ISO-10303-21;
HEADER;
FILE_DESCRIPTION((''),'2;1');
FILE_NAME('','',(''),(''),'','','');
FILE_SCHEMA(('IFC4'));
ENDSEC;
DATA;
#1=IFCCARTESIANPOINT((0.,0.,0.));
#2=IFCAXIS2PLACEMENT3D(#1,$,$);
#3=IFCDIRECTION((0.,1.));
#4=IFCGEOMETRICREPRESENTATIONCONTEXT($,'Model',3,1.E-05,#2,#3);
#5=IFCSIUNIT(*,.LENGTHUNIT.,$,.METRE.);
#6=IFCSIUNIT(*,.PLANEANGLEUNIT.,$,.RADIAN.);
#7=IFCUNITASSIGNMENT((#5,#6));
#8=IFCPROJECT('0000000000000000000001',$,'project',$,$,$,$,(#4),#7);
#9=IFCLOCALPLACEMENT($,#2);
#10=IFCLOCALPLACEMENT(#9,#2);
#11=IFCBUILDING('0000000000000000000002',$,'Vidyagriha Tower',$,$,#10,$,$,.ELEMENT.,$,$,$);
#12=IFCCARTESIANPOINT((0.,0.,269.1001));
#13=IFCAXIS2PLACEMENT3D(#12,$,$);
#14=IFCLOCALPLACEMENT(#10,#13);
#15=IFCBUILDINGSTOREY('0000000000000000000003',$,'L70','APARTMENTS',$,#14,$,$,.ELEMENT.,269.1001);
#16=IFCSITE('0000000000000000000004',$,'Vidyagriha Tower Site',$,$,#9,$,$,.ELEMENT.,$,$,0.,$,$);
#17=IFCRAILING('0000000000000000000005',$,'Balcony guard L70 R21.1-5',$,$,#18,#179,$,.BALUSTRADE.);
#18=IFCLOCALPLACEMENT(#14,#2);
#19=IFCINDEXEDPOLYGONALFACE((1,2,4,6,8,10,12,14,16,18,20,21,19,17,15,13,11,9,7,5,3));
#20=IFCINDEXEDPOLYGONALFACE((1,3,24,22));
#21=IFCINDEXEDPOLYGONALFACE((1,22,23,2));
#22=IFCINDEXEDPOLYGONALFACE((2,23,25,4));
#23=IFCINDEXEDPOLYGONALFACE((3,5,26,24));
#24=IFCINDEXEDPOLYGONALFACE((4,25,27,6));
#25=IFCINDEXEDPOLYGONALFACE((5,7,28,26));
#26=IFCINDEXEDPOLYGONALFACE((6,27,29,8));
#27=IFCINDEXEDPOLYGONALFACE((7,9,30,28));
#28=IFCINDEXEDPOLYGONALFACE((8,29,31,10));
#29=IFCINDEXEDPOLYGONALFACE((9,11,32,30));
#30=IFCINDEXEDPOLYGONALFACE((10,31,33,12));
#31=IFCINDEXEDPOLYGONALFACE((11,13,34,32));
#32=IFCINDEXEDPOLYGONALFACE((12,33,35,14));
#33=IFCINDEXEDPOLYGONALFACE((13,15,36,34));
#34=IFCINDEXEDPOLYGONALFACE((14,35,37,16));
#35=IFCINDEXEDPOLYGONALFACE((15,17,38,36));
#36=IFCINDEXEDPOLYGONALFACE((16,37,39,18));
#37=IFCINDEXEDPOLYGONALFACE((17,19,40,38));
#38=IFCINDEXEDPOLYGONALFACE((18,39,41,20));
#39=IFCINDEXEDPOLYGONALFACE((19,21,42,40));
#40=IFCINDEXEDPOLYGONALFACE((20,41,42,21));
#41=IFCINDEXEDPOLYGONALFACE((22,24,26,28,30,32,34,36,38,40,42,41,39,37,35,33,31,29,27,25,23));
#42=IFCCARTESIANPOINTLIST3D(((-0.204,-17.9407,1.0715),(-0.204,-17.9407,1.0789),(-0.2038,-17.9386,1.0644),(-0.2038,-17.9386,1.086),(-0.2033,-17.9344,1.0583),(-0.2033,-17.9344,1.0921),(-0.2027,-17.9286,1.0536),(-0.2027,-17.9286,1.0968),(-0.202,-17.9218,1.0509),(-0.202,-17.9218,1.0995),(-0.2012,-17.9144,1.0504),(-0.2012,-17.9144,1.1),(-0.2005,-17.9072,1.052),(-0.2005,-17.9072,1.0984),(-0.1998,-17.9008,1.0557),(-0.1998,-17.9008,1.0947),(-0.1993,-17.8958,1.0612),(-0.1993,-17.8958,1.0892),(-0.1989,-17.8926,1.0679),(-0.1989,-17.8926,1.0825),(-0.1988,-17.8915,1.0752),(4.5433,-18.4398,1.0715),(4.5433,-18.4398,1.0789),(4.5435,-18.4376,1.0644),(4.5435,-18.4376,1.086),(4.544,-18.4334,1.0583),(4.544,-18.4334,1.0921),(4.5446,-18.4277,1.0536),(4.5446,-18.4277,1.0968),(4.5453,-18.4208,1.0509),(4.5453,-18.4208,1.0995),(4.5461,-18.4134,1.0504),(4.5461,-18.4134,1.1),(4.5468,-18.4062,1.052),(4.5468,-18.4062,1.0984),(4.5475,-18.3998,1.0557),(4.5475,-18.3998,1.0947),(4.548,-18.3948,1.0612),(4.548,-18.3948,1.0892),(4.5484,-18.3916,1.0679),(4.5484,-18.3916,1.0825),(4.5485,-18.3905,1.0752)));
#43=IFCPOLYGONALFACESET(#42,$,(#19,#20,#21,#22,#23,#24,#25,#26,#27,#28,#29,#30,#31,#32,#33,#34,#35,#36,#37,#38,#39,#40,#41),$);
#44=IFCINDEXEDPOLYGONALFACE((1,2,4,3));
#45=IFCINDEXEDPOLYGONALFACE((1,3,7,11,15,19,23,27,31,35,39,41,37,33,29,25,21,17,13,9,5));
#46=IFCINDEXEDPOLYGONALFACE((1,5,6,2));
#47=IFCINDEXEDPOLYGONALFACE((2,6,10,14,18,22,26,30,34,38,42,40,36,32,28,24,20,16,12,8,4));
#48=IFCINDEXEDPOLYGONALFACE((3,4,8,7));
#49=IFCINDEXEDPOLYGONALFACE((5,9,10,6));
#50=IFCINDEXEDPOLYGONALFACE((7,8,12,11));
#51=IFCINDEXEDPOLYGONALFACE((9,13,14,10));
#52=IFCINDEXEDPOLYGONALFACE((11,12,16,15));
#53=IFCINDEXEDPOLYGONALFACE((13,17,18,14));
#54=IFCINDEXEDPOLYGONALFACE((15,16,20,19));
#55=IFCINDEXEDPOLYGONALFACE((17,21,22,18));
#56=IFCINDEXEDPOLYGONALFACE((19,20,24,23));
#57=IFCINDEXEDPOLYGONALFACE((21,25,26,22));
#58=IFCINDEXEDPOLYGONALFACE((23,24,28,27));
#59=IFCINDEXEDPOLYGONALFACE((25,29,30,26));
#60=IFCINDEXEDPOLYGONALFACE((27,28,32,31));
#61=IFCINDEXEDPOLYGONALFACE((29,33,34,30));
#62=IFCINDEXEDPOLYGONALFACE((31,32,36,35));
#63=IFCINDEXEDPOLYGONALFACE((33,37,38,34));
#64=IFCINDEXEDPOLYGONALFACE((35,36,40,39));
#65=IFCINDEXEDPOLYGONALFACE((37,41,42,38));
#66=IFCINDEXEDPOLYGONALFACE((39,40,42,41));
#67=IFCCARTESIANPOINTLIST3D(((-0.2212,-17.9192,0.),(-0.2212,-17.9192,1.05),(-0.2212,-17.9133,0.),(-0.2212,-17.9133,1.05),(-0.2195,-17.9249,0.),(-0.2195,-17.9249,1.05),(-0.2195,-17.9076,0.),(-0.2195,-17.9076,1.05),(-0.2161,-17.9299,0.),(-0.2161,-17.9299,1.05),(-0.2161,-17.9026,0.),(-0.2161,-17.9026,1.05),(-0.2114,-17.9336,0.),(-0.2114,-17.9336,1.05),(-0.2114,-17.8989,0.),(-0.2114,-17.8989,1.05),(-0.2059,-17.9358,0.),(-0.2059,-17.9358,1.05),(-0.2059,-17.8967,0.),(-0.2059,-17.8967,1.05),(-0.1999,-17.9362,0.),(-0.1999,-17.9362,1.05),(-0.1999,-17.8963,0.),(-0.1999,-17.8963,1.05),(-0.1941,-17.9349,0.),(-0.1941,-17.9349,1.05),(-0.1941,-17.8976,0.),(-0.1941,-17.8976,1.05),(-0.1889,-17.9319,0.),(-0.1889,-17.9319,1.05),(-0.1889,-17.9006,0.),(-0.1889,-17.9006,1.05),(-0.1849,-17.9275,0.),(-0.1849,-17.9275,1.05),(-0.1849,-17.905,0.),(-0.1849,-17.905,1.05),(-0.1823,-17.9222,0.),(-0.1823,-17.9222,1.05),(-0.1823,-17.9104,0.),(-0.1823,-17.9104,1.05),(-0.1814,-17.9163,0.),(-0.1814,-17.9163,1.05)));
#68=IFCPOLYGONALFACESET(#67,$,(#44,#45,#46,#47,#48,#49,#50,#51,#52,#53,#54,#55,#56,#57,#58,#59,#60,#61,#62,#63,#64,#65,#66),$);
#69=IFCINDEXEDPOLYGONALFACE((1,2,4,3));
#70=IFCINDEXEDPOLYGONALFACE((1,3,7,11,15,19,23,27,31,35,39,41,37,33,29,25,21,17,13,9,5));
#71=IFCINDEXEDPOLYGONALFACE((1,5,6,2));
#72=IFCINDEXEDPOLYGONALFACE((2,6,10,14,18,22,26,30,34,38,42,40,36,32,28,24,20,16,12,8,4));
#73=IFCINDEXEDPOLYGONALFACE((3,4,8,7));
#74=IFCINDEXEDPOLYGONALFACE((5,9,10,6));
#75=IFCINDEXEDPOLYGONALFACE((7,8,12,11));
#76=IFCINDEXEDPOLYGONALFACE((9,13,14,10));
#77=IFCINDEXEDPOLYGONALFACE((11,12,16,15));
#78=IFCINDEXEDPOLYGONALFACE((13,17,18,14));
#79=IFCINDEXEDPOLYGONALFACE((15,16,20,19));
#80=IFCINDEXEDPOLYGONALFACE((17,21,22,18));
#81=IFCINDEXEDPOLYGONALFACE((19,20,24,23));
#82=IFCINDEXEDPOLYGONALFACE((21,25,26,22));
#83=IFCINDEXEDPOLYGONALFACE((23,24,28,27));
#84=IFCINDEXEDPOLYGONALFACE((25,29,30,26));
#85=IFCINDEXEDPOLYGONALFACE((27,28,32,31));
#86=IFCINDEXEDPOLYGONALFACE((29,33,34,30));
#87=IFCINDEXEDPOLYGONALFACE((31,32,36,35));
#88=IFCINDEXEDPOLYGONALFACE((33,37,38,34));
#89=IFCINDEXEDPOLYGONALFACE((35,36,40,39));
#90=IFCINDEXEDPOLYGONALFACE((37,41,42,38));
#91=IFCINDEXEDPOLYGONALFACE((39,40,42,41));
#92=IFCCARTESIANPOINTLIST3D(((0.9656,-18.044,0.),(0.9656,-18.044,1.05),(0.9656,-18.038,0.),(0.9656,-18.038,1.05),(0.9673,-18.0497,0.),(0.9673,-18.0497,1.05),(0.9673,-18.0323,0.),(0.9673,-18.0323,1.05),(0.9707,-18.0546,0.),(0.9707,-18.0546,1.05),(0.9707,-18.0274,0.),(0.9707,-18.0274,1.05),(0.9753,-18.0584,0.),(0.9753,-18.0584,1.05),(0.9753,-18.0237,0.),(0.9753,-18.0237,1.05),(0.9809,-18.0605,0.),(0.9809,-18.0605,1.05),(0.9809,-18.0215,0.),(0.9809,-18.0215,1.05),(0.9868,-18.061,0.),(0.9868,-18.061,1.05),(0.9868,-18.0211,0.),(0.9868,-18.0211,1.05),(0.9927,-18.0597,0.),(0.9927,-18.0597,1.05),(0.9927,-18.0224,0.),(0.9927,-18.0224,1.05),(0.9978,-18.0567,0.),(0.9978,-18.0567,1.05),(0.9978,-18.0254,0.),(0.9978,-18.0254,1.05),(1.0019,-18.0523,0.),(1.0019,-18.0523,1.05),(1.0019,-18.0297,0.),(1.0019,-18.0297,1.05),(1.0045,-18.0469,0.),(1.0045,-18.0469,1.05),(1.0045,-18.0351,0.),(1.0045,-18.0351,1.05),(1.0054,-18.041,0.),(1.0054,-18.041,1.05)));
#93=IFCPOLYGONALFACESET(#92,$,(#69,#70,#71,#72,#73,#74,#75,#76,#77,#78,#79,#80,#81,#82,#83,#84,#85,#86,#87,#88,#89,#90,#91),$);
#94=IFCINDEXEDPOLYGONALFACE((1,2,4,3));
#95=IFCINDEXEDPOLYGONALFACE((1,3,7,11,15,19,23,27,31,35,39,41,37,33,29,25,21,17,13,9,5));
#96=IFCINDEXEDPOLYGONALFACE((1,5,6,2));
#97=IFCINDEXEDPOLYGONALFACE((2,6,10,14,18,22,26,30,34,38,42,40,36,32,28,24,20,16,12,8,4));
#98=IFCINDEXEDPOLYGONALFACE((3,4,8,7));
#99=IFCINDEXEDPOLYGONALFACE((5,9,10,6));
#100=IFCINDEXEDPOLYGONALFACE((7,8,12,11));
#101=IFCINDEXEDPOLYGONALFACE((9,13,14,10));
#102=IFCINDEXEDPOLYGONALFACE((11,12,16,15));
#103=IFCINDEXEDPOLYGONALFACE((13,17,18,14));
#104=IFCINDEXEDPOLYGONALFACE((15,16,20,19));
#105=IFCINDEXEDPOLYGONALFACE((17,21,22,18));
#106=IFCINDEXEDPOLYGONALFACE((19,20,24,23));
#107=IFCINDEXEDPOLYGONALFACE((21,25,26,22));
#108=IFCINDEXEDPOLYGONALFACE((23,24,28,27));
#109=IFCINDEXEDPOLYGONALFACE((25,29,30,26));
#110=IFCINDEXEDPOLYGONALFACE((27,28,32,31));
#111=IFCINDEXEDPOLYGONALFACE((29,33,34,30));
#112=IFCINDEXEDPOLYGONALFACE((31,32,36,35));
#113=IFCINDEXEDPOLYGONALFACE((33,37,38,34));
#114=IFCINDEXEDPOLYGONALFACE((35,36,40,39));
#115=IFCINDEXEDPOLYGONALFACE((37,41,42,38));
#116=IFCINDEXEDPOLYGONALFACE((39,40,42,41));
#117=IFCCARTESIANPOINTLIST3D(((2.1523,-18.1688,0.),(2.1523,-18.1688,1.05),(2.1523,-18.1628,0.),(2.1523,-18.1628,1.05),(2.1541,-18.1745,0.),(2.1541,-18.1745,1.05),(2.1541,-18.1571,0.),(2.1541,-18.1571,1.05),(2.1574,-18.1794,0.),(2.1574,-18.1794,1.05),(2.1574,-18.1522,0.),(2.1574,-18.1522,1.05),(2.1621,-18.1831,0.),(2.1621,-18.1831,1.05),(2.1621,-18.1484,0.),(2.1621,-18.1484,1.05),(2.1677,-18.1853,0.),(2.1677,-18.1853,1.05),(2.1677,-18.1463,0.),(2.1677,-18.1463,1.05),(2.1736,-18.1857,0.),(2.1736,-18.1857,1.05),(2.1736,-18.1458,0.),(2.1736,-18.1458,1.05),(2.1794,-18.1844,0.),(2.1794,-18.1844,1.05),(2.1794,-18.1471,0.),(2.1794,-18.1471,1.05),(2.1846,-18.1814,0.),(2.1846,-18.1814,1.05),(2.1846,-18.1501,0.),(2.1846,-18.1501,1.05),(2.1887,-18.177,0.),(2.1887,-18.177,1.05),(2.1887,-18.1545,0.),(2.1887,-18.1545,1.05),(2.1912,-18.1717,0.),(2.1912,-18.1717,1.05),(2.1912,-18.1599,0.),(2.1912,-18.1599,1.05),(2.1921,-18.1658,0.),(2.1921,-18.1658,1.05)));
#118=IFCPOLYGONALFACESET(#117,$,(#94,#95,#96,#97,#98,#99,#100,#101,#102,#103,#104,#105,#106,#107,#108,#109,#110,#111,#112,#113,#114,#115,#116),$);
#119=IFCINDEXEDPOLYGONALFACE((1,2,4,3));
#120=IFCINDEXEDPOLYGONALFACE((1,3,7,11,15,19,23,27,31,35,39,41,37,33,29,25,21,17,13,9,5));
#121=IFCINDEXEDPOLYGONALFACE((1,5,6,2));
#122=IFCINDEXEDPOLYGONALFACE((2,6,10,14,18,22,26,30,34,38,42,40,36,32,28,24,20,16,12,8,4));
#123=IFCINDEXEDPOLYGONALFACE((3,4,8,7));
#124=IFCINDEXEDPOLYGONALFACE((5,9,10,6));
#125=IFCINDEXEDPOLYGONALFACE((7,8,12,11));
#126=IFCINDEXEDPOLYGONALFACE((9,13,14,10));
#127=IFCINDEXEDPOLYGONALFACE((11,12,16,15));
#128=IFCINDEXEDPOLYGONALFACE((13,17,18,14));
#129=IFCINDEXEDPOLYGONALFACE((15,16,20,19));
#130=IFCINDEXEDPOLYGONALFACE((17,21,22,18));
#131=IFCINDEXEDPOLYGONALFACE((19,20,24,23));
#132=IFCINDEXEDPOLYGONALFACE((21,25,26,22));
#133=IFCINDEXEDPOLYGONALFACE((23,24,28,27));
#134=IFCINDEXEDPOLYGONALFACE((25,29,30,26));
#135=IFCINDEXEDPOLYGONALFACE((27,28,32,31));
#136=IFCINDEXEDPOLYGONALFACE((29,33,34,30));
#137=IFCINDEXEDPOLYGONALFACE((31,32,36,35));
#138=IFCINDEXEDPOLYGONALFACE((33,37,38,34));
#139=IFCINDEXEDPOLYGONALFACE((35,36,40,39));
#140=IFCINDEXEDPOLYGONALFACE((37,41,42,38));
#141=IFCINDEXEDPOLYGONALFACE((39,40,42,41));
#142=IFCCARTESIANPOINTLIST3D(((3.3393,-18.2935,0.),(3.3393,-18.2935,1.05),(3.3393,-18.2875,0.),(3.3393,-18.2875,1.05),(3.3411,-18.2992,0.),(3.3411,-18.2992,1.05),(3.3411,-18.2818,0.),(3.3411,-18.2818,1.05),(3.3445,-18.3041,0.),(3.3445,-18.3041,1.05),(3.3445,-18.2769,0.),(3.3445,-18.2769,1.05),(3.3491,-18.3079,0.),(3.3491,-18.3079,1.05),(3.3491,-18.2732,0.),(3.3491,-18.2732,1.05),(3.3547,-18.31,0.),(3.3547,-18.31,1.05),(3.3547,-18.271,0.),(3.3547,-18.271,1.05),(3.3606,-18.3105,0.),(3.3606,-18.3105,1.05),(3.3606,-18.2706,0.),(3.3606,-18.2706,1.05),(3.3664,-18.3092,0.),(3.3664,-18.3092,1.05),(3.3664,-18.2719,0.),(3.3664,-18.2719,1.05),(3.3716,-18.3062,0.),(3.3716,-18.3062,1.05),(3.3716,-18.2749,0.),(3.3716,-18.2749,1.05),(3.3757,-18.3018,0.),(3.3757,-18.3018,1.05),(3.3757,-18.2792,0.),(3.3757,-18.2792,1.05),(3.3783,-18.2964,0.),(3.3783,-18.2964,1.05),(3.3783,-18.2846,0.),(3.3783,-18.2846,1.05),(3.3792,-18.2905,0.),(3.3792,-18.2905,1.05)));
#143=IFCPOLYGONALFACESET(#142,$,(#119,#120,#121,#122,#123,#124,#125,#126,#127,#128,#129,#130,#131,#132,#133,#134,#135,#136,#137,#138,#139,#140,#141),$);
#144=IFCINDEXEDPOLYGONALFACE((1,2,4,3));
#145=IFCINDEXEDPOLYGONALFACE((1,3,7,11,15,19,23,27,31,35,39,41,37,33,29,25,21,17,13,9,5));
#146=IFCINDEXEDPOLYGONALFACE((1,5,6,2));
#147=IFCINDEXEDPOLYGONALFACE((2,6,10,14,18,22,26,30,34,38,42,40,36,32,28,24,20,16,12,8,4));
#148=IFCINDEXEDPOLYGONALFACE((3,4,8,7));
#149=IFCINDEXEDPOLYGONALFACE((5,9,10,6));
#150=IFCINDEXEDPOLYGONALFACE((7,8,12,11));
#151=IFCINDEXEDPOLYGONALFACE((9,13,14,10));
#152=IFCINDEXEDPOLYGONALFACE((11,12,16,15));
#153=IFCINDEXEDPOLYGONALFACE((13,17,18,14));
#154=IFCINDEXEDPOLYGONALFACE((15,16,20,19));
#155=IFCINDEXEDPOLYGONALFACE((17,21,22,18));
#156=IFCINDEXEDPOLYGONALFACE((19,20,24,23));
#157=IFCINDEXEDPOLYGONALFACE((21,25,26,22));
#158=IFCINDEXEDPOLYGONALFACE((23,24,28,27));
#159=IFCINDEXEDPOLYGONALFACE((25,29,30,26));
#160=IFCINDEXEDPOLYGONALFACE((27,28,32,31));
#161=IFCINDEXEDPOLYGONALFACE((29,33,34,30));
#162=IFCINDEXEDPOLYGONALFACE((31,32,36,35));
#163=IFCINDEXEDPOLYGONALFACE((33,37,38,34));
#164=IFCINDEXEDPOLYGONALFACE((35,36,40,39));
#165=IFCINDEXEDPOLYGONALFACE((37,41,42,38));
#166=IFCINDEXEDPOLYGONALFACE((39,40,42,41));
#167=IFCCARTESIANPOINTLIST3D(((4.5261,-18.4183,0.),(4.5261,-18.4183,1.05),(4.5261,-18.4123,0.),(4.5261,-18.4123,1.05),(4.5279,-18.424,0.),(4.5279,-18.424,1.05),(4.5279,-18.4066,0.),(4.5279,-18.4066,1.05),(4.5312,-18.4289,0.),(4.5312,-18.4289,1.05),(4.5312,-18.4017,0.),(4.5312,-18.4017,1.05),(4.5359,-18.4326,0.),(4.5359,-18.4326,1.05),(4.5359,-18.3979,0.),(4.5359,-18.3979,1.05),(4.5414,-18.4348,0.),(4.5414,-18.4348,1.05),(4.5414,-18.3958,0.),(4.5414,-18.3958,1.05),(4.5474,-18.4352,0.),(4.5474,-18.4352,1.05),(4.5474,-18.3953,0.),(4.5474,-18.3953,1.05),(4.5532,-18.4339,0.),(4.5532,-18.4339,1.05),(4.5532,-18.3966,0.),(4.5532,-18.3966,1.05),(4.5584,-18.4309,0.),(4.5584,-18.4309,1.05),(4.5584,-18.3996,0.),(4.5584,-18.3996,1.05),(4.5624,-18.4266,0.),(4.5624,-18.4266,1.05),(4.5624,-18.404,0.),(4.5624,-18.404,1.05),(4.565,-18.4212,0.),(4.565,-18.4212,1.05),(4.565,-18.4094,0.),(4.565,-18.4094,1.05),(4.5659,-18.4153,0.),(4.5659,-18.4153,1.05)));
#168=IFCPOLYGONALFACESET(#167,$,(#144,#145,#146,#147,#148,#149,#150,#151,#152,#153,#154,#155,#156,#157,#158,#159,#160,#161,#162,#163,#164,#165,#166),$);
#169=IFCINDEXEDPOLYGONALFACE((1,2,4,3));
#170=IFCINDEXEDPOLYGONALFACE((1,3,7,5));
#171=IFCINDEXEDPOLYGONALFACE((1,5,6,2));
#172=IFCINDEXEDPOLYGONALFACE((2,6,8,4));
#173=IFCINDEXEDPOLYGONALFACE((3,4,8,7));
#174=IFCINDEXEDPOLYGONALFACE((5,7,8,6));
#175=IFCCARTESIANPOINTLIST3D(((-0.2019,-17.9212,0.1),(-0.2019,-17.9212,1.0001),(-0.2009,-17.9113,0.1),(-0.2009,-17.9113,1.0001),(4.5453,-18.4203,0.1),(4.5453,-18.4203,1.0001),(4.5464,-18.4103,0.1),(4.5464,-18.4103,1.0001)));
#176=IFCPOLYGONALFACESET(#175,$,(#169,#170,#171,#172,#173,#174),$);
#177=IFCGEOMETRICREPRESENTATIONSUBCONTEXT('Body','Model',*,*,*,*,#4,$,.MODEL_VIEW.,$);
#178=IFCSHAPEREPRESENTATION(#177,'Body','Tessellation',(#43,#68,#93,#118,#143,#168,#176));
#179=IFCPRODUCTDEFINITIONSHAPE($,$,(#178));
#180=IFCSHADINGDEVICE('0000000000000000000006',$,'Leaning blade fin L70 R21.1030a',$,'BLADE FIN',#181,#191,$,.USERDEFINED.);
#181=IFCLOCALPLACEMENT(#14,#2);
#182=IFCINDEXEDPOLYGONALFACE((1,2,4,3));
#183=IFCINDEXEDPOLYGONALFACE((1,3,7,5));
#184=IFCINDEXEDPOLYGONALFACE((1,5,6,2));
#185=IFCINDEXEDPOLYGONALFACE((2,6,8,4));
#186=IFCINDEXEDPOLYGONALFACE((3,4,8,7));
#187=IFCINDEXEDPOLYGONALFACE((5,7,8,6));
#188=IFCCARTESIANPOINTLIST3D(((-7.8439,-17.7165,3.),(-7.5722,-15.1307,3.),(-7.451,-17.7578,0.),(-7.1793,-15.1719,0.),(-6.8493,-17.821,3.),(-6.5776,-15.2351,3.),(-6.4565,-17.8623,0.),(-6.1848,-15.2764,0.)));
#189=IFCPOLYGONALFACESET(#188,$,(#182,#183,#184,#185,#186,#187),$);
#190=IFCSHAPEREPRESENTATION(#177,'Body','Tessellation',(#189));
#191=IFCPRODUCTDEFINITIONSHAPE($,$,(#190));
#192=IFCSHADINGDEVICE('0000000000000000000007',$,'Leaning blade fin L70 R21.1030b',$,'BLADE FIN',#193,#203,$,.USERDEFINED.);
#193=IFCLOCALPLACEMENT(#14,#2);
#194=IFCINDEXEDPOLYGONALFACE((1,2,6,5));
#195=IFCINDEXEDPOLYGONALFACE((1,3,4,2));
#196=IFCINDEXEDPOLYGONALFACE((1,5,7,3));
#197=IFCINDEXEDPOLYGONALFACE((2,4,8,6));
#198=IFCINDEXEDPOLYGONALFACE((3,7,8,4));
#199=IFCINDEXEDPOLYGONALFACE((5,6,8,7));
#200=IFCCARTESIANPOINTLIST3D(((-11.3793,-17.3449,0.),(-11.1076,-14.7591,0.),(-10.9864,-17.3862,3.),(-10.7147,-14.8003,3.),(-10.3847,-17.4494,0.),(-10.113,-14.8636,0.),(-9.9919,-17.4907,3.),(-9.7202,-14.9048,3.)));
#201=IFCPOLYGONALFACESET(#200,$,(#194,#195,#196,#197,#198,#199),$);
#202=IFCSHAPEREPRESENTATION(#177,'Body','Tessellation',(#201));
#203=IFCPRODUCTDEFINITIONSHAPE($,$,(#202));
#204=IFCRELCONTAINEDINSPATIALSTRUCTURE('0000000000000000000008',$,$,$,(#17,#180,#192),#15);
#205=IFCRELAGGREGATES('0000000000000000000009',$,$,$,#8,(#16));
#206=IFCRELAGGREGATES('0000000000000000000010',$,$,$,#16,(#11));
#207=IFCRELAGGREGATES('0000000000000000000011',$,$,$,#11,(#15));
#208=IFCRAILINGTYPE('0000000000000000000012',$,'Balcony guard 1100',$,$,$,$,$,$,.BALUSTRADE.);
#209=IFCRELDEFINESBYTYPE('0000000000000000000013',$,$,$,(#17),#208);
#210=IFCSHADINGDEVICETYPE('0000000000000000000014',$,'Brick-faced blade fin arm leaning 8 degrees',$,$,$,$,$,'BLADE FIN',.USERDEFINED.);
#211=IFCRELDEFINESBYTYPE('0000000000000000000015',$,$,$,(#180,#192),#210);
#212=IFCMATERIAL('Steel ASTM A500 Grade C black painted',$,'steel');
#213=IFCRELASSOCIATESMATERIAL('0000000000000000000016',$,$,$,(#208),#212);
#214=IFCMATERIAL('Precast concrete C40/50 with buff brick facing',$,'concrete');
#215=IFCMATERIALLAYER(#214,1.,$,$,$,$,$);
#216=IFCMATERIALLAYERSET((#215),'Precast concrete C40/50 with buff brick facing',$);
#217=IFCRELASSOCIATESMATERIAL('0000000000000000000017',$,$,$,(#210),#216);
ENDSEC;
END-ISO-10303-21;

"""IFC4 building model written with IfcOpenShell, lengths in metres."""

from ifc_helpers import new_model, si_unit, direction, frame, origin, origin_2d, place, context, subcontext, project, spatial, polyline, rectangle, circle, outline, extrude, material, layer, layer_set, type_object, element, save


model = new_model("IFC4")

# Units and contexts
model_context = context("Model", 3, precision=1e-05, world=origin(), true_north=direction((0.0, 1.0)))
body_context = subcontext(model_context, "Body", "Model", "MODEL_VIEW")
ifc_project = project(units=[si_unit("LENGTHUNIT", "METRE"), si_unit("PLANEANGLEUNIT", "RADIAN")], contexts=[model_context])

# Site, building, storey
site_placement = place(None, origin())
site = spatial("IfcSite", under=ifc_project, at=site_placement, Name="Vidyagriha Tower Site", CompositionType="ELEMENT", RefElevation=0.0)
building_placement = place(site_placement, origin())
building = spatial("IfcBuilding", under=site, at=building_placement, Name="Vidyagriha Tower", CompositionType="ELEMENT")
storey_placement = place(building_placement, frame((0.0, 0.0, 269.1001)))
storey = spatial("IfcBuildingStorey", under=building, at=storey_placement, Name="L70", Description="APARTMENTS", CompositionType="ELEMENT", Elevation=269.1001)

# Railing
ifc_material_1 = material(Name="Steel ASTM A500 Grade C black painted", Category="steel")
railing_type = type_object("IfcRailingType", Name="Balcony guard 1100", PredefinedType="BALUSTRADE", material=ifc_material_1)
for number, where, name in (
    (1, (-0.2014, -17.9163, 0.0), "Balcony guard L70 R21.1-5"),
):
    element("IfcRailing", number, at=place(storey_placement, frame(where)), inside=storey, type_object=railing_type, Name=name, PredefinedType="BALUSTRADE", context=body_context, shape_type="SweptSolid", body=[
        extrude(circle(Radius=0.0249, at=origin_2d()), frame((0.0, 0.0, 1.0752), z_axis=(0.994521, -0.104541, 0.0), x_axis=(0.104541, 0.994521, 0.0)), (0.0, 0.0, 1.0), 4.7734),
        extrude(circle(Radius=0.02, at=origin_2d()), origin(), (0.0, 0.0, 1.0), 1.05),
        extrude(circle(Radius=0.02, at=origin_2d()), frame((1.1868, -0.1248, 0.0)), (0.0, 0.0, 1.0), 1.05),
        extrude(circle(Radius=0.02, at=origin_2d()), frame((2.3735, -0.2495, 0.0)), (0.0, 0.0, 1.0), 1.05),
        extrude(circle(Radius=0.02, at=origin_2d()), frame((3.5605, -0.3743, 0.0)), (0.0, 0.0, 1.0), 1.05),
        extrude(circle(Radius=0.02, at=origin_2d()), frame((4.7473, -0.499, 0.0)), (0.0, 0.0, 1.0), 1.05),
        extrude(rectangle(XDim=0.01, YDim=0.9001, at=origin_2d()), frame((0.0, 0.0, 0.55), z_axis=(0.994521, -0.104541, 0.0), x_axis=(0.104541, 0.994521, 0.0)), (0.0, 0.0, 1.0), 4.7734),
    ])

# Shading devices
ifc_material_2 = material(Name="Precast concrete C40/50 with buff brick facing", Category="concrete")
ifc_layer_1 = layer(ifc_material_2, 1.0)
ifc_layer_set_1 = layer_set([ifc_layer_1], Name="Precast concrete C40/50 with buff brick facing")
shading_device_type_1 = type_object("IfcShadingDeviceType", Name="Brick-faced blade fin arm leaning 8 degrees", ElementType="BLADE FIN", PredefinedType="USERDEFINED", material=ifc_layer_set_1)
shading_device_1_placement = place(storey_placement, frame((-7.708, -16.4236, 0.0), z_axis=(0.0, 0.0, 1.0), x_axis=(0.994526, -0.104493, 0.0)))
element("IfcShadingDevice", 2, at=shading_device_1_placement, inside=storey, type_object=shading_device_type_1, Name="Leaning blade fin L70 R21.1030a", ObjectType="BLADE FIN", PredefinedType="USERDEFINED", context=body_context, shape_type="SweptSolid", body=[
    extrude(outline(polyline([(0.395, 0.0), (1.395, 0.0), (1.0, 3.0), (0.0, 3.0), (0.395, 0.0)])), frame((0.0, 1.3, 0.0), z_axis=(0.0, -1.0, 0.0), x_axis=(1.0, 0.0, 0.0)), (0.0, 0.0, 1.0), 2.6001),
])
shading_device_2_placement = place(storey_placement, frame((-11.2434, -16.052, 0.0), z_axis=(0.0, 0.0, 1.0), x_axis=(0.994526, -0.104493, 0.0)))
element("IfcShadingDevice", 3, at=shading_device_2_placement, inside=storey, type_object=shading_device_type_1, Name="Leaning blade fin L70 R21.1030b", ObjectType="BLADE FIN", PredefinedType="USERDEFINED", context=body_context, shape_type="SweptSolid", body=[
    extrude(outline(polyline([(0.0, 0.0), (1.0, 0.0), (1.395, 3.0), (0.395, 3.0), (0.0, 0.0)])), frame((0.0, 1.3, 0.0), z_axis=(0.0, -1.0, 0.0), x_axis=(1.0, 0.0, 0.0)), (0.0, 0.0, 1.0), 2.6001),
])

save(model, "model.ifc")
